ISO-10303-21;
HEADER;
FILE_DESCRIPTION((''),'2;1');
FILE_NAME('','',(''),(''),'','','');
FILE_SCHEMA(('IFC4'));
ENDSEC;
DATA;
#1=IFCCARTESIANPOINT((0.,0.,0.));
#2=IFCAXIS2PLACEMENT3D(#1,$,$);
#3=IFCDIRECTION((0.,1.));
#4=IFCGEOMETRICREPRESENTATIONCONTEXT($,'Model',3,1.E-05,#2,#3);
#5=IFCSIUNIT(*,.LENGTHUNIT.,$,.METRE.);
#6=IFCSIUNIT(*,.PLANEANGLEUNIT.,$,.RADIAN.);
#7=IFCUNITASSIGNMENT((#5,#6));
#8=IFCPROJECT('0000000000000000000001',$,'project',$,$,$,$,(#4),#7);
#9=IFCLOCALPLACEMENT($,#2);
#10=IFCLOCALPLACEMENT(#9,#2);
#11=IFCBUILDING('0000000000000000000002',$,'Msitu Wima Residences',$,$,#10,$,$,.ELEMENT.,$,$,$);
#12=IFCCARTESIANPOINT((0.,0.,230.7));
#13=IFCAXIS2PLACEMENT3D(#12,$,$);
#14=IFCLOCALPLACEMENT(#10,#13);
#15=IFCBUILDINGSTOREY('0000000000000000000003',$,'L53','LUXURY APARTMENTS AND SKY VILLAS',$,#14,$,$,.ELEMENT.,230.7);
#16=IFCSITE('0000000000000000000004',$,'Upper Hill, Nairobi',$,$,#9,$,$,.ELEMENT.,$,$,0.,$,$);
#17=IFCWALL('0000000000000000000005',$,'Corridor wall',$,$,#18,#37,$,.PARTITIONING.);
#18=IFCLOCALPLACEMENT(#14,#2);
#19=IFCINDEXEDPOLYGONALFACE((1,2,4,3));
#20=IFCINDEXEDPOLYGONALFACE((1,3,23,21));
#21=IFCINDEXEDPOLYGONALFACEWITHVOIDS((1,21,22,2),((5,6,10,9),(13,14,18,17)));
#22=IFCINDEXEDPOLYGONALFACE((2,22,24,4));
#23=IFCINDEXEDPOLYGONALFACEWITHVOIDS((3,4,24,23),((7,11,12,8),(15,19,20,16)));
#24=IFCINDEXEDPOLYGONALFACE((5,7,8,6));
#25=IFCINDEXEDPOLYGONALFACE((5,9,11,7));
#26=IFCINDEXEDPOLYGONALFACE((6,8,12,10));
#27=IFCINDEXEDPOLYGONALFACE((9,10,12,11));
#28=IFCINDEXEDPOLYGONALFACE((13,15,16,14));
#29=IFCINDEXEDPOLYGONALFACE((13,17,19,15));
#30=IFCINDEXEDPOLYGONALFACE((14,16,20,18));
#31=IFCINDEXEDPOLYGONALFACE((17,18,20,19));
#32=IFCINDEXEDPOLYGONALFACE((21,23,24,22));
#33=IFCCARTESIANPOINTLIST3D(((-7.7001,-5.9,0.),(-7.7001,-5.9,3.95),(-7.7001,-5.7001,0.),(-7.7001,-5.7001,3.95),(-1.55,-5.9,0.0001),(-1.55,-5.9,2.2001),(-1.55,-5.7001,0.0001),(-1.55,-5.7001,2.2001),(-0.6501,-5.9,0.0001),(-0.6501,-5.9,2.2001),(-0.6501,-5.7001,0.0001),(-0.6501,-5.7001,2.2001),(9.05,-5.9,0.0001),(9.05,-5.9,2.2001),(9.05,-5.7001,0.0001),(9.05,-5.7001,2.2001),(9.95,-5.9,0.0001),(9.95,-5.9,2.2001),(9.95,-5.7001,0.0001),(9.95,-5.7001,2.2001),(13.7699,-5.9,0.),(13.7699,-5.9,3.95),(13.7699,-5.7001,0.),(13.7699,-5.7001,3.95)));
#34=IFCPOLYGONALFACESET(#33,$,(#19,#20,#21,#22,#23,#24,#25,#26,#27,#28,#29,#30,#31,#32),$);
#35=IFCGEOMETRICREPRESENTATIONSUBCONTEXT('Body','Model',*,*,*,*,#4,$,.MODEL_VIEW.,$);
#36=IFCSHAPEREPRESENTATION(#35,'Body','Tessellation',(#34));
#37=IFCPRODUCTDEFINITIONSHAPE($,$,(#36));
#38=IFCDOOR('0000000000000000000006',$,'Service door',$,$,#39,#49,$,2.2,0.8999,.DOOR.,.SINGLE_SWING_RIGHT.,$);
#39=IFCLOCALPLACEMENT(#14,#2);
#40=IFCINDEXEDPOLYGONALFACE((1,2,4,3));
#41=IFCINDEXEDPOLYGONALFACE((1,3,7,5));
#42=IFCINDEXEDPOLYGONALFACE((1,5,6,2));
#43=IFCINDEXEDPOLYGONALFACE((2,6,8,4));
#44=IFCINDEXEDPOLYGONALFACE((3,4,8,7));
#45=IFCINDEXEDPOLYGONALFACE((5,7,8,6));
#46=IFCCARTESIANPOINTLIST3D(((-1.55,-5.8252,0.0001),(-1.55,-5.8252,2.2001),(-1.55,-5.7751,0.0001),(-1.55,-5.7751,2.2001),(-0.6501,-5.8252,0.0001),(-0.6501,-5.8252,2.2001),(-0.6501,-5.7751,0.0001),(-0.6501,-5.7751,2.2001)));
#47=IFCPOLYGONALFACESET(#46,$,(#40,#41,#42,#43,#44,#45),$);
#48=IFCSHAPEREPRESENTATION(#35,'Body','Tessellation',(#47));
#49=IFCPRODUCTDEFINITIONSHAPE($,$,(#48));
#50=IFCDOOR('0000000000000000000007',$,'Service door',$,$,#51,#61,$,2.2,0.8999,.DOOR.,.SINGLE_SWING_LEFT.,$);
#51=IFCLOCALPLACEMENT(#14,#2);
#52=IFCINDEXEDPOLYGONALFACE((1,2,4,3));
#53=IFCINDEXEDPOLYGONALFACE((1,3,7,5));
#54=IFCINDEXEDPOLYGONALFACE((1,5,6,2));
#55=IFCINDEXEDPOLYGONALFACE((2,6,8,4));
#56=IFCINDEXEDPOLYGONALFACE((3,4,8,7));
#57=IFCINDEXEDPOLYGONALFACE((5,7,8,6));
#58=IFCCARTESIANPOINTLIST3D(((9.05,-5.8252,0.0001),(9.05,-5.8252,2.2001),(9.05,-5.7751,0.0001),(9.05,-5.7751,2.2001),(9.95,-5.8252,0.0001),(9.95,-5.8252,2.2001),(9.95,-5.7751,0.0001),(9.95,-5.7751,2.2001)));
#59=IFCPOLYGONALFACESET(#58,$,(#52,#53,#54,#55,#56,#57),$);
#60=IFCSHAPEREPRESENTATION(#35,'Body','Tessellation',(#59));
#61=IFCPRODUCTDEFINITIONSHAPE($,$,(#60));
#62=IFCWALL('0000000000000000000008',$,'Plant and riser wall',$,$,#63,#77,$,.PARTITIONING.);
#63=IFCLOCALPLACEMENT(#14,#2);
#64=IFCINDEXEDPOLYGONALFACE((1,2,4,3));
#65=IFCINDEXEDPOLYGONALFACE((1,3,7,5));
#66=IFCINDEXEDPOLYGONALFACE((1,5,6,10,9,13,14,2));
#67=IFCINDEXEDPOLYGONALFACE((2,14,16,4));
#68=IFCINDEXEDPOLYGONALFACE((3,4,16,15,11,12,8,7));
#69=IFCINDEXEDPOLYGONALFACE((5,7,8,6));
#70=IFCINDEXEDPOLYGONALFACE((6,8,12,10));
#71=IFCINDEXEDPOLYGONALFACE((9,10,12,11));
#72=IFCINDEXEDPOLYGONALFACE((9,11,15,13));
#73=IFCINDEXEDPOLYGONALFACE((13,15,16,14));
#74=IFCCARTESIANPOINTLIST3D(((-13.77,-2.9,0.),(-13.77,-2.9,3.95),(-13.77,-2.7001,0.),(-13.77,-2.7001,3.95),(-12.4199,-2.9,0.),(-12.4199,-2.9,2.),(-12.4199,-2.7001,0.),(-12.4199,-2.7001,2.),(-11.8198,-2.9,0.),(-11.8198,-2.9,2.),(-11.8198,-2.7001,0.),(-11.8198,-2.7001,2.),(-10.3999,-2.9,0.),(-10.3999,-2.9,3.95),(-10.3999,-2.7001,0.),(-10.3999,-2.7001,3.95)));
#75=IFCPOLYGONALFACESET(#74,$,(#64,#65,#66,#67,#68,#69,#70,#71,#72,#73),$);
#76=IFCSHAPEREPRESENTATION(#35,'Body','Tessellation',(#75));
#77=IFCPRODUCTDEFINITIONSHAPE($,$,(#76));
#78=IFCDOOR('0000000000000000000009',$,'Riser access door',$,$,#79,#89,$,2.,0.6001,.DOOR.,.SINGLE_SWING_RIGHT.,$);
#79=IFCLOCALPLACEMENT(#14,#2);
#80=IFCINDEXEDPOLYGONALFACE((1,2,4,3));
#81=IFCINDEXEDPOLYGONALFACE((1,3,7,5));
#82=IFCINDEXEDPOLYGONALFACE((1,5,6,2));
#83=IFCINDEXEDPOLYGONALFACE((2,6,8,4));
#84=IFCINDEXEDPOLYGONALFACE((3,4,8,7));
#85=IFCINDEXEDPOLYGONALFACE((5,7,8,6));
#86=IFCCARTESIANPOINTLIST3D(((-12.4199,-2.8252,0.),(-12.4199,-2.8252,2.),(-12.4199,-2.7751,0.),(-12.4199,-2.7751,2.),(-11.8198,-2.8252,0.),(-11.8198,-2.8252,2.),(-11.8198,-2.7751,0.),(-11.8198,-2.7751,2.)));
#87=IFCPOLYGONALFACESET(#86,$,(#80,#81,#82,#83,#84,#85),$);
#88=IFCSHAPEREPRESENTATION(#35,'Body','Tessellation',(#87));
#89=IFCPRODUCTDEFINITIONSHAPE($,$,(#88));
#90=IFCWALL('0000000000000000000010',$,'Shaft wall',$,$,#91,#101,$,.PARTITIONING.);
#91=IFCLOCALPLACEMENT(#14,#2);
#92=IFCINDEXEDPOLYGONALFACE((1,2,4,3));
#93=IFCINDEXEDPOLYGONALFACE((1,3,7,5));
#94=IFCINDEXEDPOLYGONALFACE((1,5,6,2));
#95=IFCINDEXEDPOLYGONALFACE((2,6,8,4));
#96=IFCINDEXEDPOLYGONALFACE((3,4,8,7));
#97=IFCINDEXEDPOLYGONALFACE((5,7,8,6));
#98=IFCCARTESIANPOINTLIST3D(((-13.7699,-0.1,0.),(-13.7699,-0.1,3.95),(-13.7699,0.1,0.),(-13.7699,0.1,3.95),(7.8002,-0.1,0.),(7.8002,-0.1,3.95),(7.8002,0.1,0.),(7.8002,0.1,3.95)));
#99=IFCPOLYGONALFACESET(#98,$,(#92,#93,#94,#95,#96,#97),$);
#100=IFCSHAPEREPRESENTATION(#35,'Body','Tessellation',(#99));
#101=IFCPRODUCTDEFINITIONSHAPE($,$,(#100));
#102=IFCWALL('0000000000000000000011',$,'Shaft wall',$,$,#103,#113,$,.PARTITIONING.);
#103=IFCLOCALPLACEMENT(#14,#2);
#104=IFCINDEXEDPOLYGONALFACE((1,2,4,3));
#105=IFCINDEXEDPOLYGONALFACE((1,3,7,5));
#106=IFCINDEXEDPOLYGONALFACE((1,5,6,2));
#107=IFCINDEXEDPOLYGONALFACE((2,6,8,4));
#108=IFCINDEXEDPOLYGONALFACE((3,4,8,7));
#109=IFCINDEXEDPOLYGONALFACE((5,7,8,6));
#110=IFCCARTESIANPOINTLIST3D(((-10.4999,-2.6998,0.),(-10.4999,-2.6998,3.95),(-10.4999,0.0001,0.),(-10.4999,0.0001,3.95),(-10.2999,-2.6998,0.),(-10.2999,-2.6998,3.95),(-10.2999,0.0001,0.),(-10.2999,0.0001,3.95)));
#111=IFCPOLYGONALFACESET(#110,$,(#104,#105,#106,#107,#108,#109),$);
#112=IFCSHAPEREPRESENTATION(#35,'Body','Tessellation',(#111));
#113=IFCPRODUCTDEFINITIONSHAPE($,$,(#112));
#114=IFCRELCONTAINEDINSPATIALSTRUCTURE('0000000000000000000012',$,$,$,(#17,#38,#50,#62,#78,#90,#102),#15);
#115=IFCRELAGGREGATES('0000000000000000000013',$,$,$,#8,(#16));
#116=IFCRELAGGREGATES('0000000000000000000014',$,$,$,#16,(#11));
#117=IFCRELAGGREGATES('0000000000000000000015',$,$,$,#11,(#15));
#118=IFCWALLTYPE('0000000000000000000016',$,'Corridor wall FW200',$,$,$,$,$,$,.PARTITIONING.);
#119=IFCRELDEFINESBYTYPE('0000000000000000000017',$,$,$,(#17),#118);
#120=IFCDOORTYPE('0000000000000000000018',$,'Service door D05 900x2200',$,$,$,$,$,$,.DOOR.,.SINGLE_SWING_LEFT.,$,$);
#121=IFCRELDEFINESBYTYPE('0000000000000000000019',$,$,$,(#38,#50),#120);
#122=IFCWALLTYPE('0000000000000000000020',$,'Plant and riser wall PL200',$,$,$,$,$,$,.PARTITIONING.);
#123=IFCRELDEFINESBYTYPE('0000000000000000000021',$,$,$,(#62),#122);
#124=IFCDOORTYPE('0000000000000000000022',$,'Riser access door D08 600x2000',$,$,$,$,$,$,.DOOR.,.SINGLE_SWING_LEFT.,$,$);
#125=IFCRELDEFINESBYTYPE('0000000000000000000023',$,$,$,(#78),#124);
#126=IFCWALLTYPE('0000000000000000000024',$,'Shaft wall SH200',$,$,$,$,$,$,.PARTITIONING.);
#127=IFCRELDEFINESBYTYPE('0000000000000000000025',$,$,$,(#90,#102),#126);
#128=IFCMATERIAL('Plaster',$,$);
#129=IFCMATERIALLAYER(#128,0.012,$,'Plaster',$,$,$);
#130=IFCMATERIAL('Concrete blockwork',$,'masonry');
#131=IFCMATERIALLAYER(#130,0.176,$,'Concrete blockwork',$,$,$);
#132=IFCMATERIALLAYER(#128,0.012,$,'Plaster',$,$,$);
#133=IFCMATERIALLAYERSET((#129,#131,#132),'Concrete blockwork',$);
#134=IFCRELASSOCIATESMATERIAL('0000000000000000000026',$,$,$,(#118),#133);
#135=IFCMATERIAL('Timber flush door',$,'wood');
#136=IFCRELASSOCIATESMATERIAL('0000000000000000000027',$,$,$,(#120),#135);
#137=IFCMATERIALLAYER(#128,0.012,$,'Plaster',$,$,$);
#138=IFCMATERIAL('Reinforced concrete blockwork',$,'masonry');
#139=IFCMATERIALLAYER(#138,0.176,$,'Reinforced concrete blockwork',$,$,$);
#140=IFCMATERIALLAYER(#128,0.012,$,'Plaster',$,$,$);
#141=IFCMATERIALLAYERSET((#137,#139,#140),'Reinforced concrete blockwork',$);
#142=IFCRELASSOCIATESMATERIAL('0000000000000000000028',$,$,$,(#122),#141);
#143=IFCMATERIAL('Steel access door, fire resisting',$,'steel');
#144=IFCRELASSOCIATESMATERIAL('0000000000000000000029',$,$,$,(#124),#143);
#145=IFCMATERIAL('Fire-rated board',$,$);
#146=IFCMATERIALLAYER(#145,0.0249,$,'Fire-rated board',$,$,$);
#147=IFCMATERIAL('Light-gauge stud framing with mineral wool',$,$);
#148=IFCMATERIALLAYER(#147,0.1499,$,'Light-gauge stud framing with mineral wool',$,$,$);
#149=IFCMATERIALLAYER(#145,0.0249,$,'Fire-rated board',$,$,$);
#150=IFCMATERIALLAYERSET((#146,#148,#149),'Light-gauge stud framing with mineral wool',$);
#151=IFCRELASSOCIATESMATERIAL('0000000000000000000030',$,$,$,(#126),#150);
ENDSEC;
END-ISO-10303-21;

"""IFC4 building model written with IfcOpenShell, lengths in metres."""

from ifc_helpers import new_model, si_unit, direction, frame, frame_2d, origin, place, context, subcontext, project, spatial, rectangle, extrude, material, layer, layer_set, type_object, element, fill, save


model = new_model("IFC4")

# Units and contexts
model_context = context("Model", 3, precision=1e-05, world=origin(), true_north=direction((0.0, 1.0)))
body_context = subcontext(model_context, "Body", "Model", "MODEL_VIEW")
ifc_project = project(units=[si_unit("LENGTHUNIT", "METRE"), si_unit("PLANEANGLEUNIT", "RADIAN")], contexts=[model_context])

# Site, building, storey
site_placement = place(None, origin())
site = spatial("IfcSite", under=ifc_project, at=site_placement, Name="Upper Hill, Nairobi", CompositionType="ELEMENT", RefElevation=0.0)
building_placement = place(site_placement, origin())
building = spatial("IfcBuilding", under=site, at=building_placement, Name="Msitu Wima Residences", CompositionType="ELEMENT")
storey_placement = place(building_placement, frame((0.0, 0.0, 230.7)))
storey = spatial("IfcBuildingStorey", under=building, at=storey_placement, Name="L53", Description="LUXURY APARTMENTS AND SKY VILLAS", CompositionType="ELEMENT", Elevation=230.7)

# Shared definitions
ifc_material_1 = material(Name="Plaster")
ifc_layer_1 = layer(ifc_material_1, 0.012, Name="Plaster")
ifc_material_2 = material(Name="Concrete blockwork", Category="masonry")
ifc_layer_2 = layer(ifc_material_2, 0.176, Name="Concrete blockwork")
ifc_layer_3 = layer(ifc_material_1, 0.012, Name="Plaster")
ifc_layer_set_1 = layer_set([ifc_layer_1, ifc_layer_2, ifc_layer_3], Name="Concrete blockwork")
wall_type_1 = type_object("IfcWallType", Name="Corridor wall FW200", PredefinedType="PARTITIONING", material=ifc_layer_set_1)

# Wall, openings, doors
wall_1_placement = place(storey_placement, frame((-7.7, -5.8, 0.0), z_axis=(0.0, 0.0, 1.0), x_axis=(1.0, 0.0, 0.0)))
wall_1 = element("IfcWall", 1, at=wall_1_placement, inside=storey, type_object=wall_type_1, Name="Corridor wall", PredefinedType="PARTITIONING", context=body_context, shape_type="SweptSolid", body=[
    extrude(rectangle(XDim=21.47, YDim=0.2, at=frame_2d((10.7349, 0.0))), origin(), (0.0, 0.0, 1.0), 3.95),
])
opening_1_placement = place(wall_1_placement, frame((6.1499, 0.0, 0.0)))
opening_1 = element("IfcOpeningElement", 2, at=opening_1_placement, cuts=wall_1, PredefinedType="OPENING", context=body_context, shape_type="SweptSolid", body=[
    extrude(rectangle(XDim=0.8999, YDim=2.2, at=frame_2d((0.45, 1.1001))), frame((0.0, 0.1099, 0.0), z_axis=(0.0, -1.0, 0.0), x_axis=(1.0, 0.0, 0.0)), (0.0, 0.0, 1.0), 0.22),
])
opening_2_placement = place(wall_1_placement, frame((16.75, 0.0, 0.0)))
opening_2 = element("IfcOpeningElement", 3, at=opening_2_placement, cuts=wall_1, PredefinedType="OPENING", context=body_context, shape_type="SweptSolid", body=[
    extrude(rectangle(XDim=0.8999, YDim=2.2, at=frame_2d((0.45, 1.1001))), frame((0.0, 0.1099, 0.0), z_axis=(0.0, -1.0, 0.0), x_axis=(1.0, 0.0, 0.0)), (0.0, 0.0, 1.0), 0.22),
])
ifc_material_3 = material(Name="Timber flush door", Category="wood")
door_type_1 = type_object("IfcDoorType", Name="Service door D05 900x2200", OperationType="SINGLE_SWING_LEFT", PredefinedType="DOOR", material=ifc_material_3)
door_1_placement = place(opening_1_placement, origin())
door_1 = element("IfcDoor", 4, at=door_1_placement, inside=storey, type_object=door_type_1, Name="Service door", OperationType="SINGLE_SWING_RIGHT", OverallHeight=2.2, OverallWidth=0.8999, PredefinedType="DOOR", context=body_context, shape_type="SweptSolid", body=[
    extrude(rectangle(XDim=0.8999, YDim=2.2, at=frame_2d((0.45, 1.1001))), frame((0.0, 0.0249, 0.0), z_axis=(0.0, -1.0, 0.0), x_axis=(1.0, 0.0, 0.0)), (0.0, 0.0, 1.0), 0.05),
])
fill(opening_1, door_1)
door_2_placement = place(opening_2_placement, origin())
door_2 = element("IfcDoor", 5, at=door_2_placement, inside=storey, type_object=door_type_1, Name="Service door", OperationType="SINGLE_SWING_LEFT", OverallHeight=2.2, OverallWidth=0.8999, PredefinedType="DOOR", context=body_context, shape_type="SweptSolid", body=[
    extrude(rectangle(XDim=0.8999, YDim=2.2, at=frame_2d((0.45, 1.1001))), frame((0.0, 0.0249, 0.0), z_axis=(0.0, -1.0, 0.0), x_axis=(1.0, 0.0, 0.0)), (0.0, 0.0, 1.0), 0.05),
])
fill(opening_2, door_2)

# Wall, opening, door
ifc_layer_4 = layer(ifc_material_1, 0.012, Name="Plaster")
ifc_material_4 = material(Name="Reinforced concrete blockwork", Category="masonry")
ifc_layer_5 = layer(ifc_material_4, 0.176, Name="Reinforced concrete blockwork")
ifc_layer_6 = layer(ifc_material_1, 0.012, Name="Plaster")
ifc_layer_set_2 = layer_set([ifc_layer_4, ifc_layer_5, ifc_layer_6], Name="Reinforced concrete blockwork")
wall_type_2 = type_object("IfcWallType", Name="Plant and riser wall PL200", PredefinedType="PARTITIONING", material=ifc_layer_set_2)
wall_2_placement = place(storey_placement, frame((-13.77, -2.8, 0.0), z_axis=(0.0, 0.0, 1.0), x_axis=(1.0, 0.0, 0.0)))
wall_2 = element("IfcWall", 6, at=wall_2_placement, inside=storey, type_object=wall_type_2, Name="Plant and riser wall", PredefinedType="PARTITIONING", context=body_context, shape_type="SweptSolid", body=[
    extrude(rectangle(XDim=3.3701, YDim=0.2, at=frame_2d((1.6851, 0.0))), origin(), (0.0, 0.0, 1.0), 3.95),
])
opening_3_placement = place(wall_2_placement, frame((1.3501, 0.0, 0.0)))
opening_3 = element("IfcOpeningElement", 7, at=opening_3_placement, cuts=wall_2, PredefinedType="OPENING", context=body_context, shape_type="SweptSolid", body=[
    extrude(rectangle(XDim=0.6001, YDim=2.0, at=frame_2d((0.3, 1.0))), frame((0.0, 0.1099, 0.0), z_axis=(0.0, -1.0, 0.0), x_axis=(1.0, 0.0, 0.0)), (0.0, 0.0, 1.0), 0.22),
])
ifc_material_5 = material(Name="Steel access door, fire resisting", Category="steel")
door_type_2 = type_object("IfcDoorType", Name="Riser access door D08 600x2000", OperationType="SINGLE_SWING_LEFT", PredefinedType="DOOR", material=ifc_material_5)
door_3_placement = place(opening_3_placement, origin())
door_3 = element("IfcDoor", 8, at=door_3_placement, inside=storey, type_object=door_type_2, Name="Riser access door", OperationType="SINGLE_SWING_RIGHT", OverallHeight=2.0, OverallWidth=0.6001, PredefinedType="DOOR", context=body_context, shape_type="SweptSolid", body=[
    extrude(rectangle(XDim=0.6001, YDim=2.0, at=frame_2d((0.3, 1.0))), frame((0.0, 0.0249, 0.0), z_axis=(0.0, -1.0, 0.0), x_axis=(1.0, 0.0, 0.0)), (0.0, 0.0, 1.0), 0.05),
])
fill(opening_3, door_3)

# Walls
ifc_material_6 = material(Name="Fire-rated board")
ifc_layer_7 = layer(ifc_material_6, 0.0249, Name="Fire-rated board")
ifc_material_7 = material(Name="Light-gauge stud framing with mineral wool")
ifc_layer_8 = layer(ifc_material_7, 0.1499, Name="Light-gauge stud framing with mineral wool")
ifc_layer_9 = layer(ifc_material_6, 0.0249, Name="Fire-rated board")
ifc_layer_set_3 = layer_set([ifc_layer_7, ifc_layer_8, ifc_layer_9], Name="Light-gauge stud framing with mineral wool")
wall_type_3 = type_object("IfcWallType", Name="Shaft wall SH200", PredefinedType="PARTITIONING", material=ifc_layer_set_3)
wall_3_placement = place(storey_placement, frame((-13.77, 0.0, 0.0), z_axis=(0.0, 0.0, 1.0), x_axis=(1.0, 0.0, 0.0)))
element("IfcWall", 9, at=wall_3_placement, inside=storey, type_object=wall_type_3, Name="Shaft wall", PredefinedType="PARTITIONING", context=body_context, shape_type="SweptSolid", body=[
    extrude(rectangle(XDim=21.5701, YDim=0.2, at=frame_2d((10.7852, 0.0))), origin(), (0.0, 0.0, 1.0), 3.95),
])
wall_4_placement = place(storey_placement, frame((-10.3999, -2.7, 0.0), z_axis=(0.0, 0.0, 1.0), x_axis=(0.0, 1.0, 0.0)))
element("IfcWall", 10, at=wall_4_placement, inside=storey, type_object=wall_type_3, Name="Shaft wall", PredefinedType="PARTITIONING", context=body_context, shape_type="SweptSolid", body=[
    extrude(rectangle(XDim=2.7, YDim=0.2, at=frame_2d((1.3501, 0.0))), origin(), (0.0, 0.0, 1.0), 3.95),
])

save(model, "model.ifc")
